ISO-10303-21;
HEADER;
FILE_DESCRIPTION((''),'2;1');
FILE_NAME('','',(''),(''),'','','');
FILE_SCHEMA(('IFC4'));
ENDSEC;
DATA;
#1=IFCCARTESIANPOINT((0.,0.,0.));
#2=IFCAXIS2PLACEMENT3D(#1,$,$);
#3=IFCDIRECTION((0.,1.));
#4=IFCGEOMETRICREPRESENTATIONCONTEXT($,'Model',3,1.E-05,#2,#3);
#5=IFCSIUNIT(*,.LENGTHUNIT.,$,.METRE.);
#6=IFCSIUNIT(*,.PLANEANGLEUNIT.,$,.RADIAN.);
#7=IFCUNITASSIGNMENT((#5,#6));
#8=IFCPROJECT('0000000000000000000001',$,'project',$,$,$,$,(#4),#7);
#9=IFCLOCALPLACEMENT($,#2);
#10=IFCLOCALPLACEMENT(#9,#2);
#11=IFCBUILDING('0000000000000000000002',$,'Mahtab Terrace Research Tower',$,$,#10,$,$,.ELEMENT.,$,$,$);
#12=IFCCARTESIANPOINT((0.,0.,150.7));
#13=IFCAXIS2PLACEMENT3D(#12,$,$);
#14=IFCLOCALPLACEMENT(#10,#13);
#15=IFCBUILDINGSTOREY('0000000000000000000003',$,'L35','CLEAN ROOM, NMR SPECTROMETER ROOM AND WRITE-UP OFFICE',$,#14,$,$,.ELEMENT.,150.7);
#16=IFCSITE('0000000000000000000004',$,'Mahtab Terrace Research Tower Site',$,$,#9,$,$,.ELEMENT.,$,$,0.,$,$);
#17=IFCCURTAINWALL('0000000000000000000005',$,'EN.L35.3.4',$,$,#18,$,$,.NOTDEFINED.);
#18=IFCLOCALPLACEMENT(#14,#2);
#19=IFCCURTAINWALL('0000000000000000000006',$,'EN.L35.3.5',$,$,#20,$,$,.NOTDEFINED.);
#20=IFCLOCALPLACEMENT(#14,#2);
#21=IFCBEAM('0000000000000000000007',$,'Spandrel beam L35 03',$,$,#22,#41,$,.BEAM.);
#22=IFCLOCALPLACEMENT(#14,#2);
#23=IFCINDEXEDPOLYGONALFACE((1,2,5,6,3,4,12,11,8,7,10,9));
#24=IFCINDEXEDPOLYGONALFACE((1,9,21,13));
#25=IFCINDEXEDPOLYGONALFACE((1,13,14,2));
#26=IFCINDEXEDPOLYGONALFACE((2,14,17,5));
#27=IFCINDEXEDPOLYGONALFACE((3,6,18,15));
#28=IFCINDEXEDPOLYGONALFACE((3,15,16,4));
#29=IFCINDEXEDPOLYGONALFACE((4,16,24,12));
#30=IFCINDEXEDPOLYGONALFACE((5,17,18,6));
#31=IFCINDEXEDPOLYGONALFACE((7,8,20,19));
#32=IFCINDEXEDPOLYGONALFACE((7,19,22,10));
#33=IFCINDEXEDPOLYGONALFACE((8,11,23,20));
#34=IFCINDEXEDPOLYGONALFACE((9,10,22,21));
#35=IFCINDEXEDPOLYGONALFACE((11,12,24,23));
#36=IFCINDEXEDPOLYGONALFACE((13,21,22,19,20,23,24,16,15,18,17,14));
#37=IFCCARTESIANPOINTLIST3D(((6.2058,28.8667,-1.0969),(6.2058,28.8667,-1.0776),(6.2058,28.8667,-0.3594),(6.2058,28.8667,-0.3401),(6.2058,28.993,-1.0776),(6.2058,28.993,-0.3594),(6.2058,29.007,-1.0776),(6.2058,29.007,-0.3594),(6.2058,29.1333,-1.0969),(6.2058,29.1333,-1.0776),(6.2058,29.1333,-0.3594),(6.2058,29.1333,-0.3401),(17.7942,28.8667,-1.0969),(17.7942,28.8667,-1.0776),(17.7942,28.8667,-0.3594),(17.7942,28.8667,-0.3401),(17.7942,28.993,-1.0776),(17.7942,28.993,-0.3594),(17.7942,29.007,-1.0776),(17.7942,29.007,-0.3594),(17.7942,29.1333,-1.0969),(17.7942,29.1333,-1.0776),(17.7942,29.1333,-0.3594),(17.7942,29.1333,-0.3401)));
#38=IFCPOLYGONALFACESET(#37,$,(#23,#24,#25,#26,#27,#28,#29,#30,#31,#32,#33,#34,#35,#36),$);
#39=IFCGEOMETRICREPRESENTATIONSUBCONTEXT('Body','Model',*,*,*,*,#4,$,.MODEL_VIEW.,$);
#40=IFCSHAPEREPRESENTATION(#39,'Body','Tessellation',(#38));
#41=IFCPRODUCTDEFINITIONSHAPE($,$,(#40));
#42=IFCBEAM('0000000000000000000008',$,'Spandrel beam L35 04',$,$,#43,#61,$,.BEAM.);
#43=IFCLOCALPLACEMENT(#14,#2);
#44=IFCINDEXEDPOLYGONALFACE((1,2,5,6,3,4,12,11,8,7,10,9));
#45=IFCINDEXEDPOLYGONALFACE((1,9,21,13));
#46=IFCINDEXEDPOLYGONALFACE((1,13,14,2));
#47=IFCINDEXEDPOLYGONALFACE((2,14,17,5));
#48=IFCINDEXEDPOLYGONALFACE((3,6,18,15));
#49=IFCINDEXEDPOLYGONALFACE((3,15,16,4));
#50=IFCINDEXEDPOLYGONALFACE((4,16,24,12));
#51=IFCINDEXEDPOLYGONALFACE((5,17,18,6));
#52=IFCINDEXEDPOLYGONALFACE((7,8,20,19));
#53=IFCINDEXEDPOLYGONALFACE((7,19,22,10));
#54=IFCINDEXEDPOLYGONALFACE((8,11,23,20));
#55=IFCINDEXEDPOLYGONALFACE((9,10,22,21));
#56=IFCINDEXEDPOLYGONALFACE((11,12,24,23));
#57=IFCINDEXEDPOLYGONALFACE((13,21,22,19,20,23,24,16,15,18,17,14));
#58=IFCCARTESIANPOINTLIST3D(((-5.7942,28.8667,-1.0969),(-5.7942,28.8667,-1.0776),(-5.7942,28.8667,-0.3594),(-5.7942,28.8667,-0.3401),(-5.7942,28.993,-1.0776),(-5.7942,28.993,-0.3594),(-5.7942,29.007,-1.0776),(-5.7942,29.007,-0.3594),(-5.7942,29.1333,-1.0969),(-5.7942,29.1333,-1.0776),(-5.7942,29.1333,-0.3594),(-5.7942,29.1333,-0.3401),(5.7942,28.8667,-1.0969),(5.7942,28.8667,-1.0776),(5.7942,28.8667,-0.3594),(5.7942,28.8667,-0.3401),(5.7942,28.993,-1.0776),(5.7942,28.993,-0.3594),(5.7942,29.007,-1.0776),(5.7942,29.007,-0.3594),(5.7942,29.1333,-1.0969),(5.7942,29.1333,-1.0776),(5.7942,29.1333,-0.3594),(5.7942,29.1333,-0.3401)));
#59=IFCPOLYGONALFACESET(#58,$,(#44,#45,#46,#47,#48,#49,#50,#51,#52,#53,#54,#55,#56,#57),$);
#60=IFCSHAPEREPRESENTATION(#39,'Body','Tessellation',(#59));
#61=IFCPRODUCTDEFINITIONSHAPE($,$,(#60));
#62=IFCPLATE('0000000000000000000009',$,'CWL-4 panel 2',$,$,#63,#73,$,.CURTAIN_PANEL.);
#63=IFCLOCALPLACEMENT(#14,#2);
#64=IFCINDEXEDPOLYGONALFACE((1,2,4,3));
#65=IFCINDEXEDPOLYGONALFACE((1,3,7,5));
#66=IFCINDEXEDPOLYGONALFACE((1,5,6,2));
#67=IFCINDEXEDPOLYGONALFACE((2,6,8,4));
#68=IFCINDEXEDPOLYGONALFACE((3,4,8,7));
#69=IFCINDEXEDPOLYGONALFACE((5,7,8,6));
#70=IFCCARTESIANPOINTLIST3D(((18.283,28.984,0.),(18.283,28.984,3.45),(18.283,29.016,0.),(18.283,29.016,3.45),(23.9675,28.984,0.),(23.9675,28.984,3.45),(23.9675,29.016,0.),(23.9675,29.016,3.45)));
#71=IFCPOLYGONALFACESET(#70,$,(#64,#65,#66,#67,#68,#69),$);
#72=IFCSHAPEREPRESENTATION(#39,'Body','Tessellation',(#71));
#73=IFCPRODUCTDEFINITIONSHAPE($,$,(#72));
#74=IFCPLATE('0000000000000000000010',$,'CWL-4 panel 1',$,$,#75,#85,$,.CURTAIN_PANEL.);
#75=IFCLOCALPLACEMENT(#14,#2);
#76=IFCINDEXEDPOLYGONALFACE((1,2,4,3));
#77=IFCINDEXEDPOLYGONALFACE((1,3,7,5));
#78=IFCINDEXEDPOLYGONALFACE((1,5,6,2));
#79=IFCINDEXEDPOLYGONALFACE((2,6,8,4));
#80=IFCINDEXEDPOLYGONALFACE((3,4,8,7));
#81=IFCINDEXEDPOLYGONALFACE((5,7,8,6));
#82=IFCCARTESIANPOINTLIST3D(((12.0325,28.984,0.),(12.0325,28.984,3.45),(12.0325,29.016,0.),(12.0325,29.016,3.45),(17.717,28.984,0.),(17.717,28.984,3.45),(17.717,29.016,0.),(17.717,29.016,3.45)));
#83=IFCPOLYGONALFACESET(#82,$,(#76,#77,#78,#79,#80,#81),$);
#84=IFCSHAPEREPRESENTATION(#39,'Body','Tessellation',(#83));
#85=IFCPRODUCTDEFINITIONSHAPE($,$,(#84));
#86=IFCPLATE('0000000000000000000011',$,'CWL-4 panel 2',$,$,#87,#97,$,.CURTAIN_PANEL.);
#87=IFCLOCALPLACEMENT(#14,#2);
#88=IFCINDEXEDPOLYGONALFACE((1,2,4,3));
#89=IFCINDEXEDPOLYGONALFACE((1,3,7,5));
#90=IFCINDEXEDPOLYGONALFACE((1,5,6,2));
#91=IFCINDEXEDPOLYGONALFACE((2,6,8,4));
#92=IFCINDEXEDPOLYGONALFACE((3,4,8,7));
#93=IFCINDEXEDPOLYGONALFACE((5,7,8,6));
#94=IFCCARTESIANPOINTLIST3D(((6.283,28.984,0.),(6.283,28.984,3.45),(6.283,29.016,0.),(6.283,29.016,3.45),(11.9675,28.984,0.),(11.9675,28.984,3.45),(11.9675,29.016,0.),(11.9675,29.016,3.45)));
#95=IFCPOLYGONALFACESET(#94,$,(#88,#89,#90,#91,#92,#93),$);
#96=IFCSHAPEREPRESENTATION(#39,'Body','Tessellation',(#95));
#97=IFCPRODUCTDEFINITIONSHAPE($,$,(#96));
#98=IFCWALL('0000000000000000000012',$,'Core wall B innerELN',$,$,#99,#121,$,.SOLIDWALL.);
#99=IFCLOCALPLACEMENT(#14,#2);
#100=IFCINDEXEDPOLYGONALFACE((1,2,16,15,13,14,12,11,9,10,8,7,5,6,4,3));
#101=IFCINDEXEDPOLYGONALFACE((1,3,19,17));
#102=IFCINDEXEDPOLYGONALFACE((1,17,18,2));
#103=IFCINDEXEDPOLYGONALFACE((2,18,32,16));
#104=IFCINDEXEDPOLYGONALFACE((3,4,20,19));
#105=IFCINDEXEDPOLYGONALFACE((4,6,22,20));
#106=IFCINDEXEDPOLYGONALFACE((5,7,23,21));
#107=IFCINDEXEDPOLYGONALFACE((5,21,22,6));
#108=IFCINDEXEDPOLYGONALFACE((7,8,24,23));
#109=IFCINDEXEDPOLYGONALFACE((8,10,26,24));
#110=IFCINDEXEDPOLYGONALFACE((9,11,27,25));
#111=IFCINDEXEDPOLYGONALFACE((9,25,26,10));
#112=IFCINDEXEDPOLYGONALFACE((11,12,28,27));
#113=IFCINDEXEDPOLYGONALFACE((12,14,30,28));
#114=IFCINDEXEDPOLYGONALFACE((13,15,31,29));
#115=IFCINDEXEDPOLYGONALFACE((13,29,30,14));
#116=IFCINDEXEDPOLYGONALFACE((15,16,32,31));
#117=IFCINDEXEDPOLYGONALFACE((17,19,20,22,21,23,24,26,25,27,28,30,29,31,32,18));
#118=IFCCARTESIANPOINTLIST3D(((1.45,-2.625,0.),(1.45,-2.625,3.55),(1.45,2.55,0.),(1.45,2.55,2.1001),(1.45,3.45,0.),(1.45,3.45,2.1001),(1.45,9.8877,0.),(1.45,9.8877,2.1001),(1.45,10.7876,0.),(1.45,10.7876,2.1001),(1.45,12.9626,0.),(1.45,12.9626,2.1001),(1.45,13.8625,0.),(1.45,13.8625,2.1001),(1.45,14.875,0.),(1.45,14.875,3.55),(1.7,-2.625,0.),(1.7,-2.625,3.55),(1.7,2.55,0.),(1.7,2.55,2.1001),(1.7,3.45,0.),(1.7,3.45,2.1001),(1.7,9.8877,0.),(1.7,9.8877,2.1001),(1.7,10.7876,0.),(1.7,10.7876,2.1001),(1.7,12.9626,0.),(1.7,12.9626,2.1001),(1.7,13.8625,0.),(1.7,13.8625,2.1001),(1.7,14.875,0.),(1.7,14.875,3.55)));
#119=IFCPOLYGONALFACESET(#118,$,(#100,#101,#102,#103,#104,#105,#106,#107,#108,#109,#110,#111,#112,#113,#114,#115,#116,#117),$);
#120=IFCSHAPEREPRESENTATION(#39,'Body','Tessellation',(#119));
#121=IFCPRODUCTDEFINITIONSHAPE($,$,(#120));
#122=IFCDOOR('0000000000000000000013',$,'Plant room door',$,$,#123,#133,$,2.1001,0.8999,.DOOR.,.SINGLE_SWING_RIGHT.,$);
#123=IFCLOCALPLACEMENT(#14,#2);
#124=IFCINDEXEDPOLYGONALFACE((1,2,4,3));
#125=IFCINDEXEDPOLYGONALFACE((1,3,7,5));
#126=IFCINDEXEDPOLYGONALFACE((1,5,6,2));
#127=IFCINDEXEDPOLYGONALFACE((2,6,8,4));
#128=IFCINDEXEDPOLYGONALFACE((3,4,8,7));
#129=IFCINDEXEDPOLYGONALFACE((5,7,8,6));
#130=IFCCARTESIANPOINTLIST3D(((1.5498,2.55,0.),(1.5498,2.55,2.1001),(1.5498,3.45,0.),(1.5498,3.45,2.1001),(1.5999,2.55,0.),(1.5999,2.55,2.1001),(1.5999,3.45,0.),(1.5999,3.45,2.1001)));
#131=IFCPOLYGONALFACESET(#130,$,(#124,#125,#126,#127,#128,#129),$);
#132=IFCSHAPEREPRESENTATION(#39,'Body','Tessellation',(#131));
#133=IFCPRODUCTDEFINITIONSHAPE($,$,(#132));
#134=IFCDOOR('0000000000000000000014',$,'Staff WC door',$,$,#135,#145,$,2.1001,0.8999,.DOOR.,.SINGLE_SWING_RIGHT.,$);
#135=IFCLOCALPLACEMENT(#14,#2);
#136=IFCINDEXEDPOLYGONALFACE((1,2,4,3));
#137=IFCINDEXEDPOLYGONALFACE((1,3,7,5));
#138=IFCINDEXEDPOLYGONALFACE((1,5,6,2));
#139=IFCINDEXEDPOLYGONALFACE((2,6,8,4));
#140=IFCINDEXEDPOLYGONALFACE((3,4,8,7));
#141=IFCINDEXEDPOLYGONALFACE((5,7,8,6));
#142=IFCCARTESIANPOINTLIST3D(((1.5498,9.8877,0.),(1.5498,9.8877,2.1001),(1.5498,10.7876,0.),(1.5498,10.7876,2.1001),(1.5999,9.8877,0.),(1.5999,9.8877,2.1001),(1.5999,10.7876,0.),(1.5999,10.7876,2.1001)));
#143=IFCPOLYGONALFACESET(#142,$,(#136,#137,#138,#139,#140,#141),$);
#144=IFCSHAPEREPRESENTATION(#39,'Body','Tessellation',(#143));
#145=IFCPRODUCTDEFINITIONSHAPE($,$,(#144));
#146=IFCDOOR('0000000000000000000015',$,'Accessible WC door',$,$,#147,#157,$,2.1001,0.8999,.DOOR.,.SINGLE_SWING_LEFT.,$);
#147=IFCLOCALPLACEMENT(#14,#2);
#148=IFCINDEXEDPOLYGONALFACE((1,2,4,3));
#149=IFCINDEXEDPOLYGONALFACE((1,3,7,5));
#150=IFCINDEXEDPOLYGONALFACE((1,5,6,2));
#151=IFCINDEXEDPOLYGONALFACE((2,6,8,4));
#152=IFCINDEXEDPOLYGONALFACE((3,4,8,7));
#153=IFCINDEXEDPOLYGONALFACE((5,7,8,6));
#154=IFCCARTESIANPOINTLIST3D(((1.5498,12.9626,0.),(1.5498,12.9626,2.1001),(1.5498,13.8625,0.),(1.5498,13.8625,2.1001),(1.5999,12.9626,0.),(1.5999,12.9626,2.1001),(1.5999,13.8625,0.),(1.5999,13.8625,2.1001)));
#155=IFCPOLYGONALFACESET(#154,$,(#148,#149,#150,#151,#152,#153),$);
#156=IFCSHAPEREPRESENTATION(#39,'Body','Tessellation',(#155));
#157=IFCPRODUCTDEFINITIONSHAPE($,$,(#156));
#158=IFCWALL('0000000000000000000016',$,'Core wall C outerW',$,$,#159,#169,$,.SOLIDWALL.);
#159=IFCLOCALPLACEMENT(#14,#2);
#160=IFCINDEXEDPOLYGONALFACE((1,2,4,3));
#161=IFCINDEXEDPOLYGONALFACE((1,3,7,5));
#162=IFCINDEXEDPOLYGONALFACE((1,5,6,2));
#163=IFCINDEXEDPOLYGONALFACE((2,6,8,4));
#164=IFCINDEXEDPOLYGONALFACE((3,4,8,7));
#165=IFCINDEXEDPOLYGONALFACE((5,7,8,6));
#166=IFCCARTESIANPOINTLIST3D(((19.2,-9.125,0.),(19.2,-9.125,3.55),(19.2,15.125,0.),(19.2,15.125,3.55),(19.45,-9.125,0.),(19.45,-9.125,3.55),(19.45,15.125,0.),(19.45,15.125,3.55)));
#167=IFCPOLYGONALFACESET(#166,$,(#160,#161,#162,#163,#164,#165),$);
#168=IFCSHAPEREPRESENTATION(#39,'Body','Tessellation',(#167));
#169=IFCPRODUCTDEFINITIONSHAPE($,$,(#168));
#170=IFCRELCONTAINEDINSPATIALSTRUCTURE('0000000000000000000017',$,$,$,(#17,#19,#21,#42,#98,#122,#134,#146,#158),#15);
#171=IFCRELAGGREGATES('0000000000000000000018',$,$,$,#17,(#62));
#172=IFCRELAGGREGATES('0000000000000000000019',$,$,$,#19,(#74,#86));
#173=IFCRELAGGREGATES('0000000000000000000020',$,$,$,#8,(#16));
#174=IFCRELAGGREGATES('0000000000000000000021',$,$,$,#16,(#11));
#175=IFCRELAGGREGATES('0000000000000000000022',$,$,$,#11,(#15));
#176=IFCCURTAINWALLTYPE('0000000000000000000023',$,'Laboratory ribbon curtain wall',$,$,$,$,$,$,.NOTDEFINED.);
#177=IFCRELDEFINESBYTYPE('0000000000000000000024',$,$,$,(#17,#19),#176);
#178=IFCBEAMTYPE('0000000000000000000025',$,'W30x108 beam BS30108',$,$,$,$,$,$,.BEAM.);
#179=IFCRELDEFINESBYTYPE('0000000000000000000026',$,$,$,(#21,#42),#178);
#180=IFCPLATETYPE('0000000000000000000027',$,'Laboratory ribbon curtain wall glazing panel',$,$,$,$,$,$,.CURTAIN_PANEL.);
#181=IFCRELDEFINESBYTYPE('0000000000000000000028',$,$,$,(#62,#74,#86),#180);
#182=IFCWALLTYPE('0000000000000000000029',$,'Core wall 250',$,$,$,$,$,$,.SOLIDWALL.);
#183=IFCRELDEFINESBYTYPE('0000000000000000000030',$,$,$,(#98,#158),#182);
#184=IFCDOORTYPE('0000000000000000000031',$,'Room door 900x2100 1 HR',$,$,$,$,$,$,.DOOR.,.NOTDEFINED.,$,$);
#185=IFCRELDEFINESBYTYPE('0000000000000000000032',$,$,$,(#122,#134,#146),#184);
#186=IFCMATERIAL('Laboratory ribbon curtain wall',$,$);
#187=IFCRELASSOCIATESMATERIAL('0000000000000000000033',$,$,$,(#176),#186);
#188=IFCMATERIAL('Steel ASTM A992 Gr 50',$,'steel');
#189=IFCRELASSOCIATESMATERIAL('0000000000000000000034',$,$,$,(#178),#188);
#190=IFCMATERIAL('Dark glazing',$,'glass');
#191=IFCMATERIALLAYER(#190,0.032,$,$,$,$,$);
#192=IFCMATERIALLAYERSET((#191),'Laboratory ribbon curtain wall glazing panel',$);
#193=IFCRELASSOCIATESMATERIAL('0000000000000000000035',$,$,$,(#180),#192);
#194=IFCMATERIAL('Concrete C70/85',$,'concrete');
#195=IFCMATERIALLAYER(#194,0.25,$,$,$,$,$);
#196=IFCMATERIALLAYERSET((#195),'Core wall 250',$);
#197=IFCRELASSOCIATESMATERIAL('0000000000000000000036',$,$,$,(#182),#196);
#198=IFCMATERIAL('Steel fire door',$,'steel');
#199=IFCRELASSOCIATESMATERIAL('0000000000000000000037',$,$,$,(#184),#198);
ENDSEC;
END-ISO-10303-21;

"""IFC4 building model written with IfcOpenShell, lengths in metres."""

from ifc_helpers import new_model, si_unit, direction, frame, frame_2d, origin, origin_2d, place, context, subcontext, project, spatial, rectangle, i_section, extrude, material, layer, layer_set, material_profile, profile_set, type_object, element, fill, aggregate, save


model = new_model("IFC4")

# Units and contexts
model_context = context("Model", 3, precision=1e-05, world=origin(), true_north=direction((0.0, 1.0)))
body_context = subcontext(model_context, "Body", "Model", "MODEL_VIEW")
ifc_project = project(units=[si_unit("LENGTHUNIT", "METRE"), si_unit("PLANEANGLEUNIT", "RADIAN")], contexts=[model_context])

# Site, building, storey
site_placement = place(None, origin())
site = spatial("IfcSite", under=ifc_project, at=site_placement, Name="Mahtab Terrace Research Tower Site", CompositionType="ELEMENT", RefElevation=0.0)
building_placement = place(site_placement, origin())
building = spatial("IfcBuilding", under=site, at=building_placement, Name="Mahtab Terrace Research Tower", CompositionType="ELEMENT")
storey_placement = place(building_placement, frame((0.0, 0.0, 150.7)))
storey = spatial("IfcBuildingStorey", under=building, at=storey_placement, Name="L35", Description="CLEAN ROOM, NMR SPECTROMETER ROOM AND WRITE-UP OFFICE", CompositionType="ELEMENT", Elevation=150.7)

# Shared definitions
ifc_material_1 = material(Name="Steel ASTM A992 Gr 50", Category="steel")

# Curtain wall
ifc_material_2 = material(Name="Laboratory ribbon curtain wall")
curtain_wall_type = type_object("IfcCurtainWallType", Name="Laboratory ribbon curtain wall", PredefinedType="NOTDEFINED", material=ifc_material_2)
curtain_wall_1_placement = place(storey_placement, origin())
curtain_wall_1 = element("IfcCurtainWall", 1, at=curtain_wall_1_placement, inside=storey, type_object=curtain_wall_type, Name="EN.L35.3.4", PredefinedType="NOTDEFINED")

# Curtain wall
curtain_wall_2_placement = place(storey_placement, origin())
curtain_wall_2 = element("IfcCurtainWall", 2, at=curtain_wall_2_placement, inside=storey, type_object=curtain_wall_type, Name="EN.L35.3.5", PredefinedType="NOTDEFINED")

# Beams
ifc_material_profile_1 = material_profile(ifc_material_1, i_section(OverallWidth=0.2666, OverallDepth=0.7568, WebThickness=0.0139, FlangeThickness=0.0193, at=origin_2d()), Name="W30X108")
ifc_profile_set_1 = profile_set([ifc_material_profile_1], Name="Steel ASTM A992 Gr 50")
beam_type = type_object("IfcBeamType", Name="W30x108 beam BS30108", PredefinedType="BEAM", material=ifc_profile_set_1)
for number, where, z_axis, x_axis, name in (
    (3, (17.7942, 29.0, -0.7185), (-1.0, 0.0, 0.0), (0.0, -1.0, 0.0), "Spandrel beam L35 03"),
    (4, (5.7942, 29.0, -0.7185), (-1.0, 0.0, 0.0), (0.0, -1.0, 0.0), "Spandrel beam L35 04"),
):
    element("IfcBeam", number, at=place(storey_placement, frame(where, z_axis=z_axis, x_axis=x_axis)), inside=storey, type_object=beam_type, Name=name, PredefinedType="BEAM", context=body_context, shape_type="SweptSolid", body=[
        extrude(i_section(OverallWidth=0.2666, OverallDepth=0.7568, WebThickness=0.0139, FlangeThickness=0.0193, at=origin_2d()), origin(), (0.0, 0.0, 1.0), 11.5884),
    ])

# Plates
ifc_material_3 = material(Name="Dark glazing", Category="glass")
ifc_layer_1 = layer(ifc_material_3, 0.032)
ifc_layer_set_1 = layer_set([ifc_layer_1], Name="Laboratory ribbon curtain wall glazing panel")
plate_type = type_object("IfcPlateType", Name="Laboratory ribbon curtain wall glazing panel", PredefinedType="CURTAIN_PANEL", material=ifc_layer_set_1)
plate_1_placement = place(storey_placement, frame((21.1252, 29.0, 0.0), z_axis=(0.0, 0.0, 1.0), x_axis=(-1.0, 0.0, 0.0)))
plate_1 = element("IfcPlate", 5, at=plate_1_placement, type_object=plate_type, Name="CWL-4 panel 2", PredefinedType="CURTAIN_PANEL", context=body_context, shape_type="SweptSolid", body=[
    extrude(rectangle(XDim=5.6846, YDim=0.032, at=origin_2d()), origin(), (0.0, 0.0, 1.0), 3.45),
])
aggregate(curtain_wall_1, [plate_1])
plate_2_placement = place(storey_placement, frame((14.8748, 29.0, 0.0), z_axis=(0.0, 0.0, 1.0), x_axis=(-1.0, 0.0, 0.0)))
plate_2 = element("IfcPlate", 6, at=plate_2_placement, type_object=plate_type, Name="CWL-4 panel 1", PredefinedType="CURTAIN_PANEL", context=body_context, shape_type="SweptSolid", body=[
    extrude(rectangle(XDim=5.6846, YDim=0.032, at=origin_2d()), origin(), (0.0, 0.0, 1.0), 3.45),
])
plate_3_placement = place(storey_placement, frame((9.1252, 29.0, 0.0), z_axis=(0.0, 0.0, 1.0), x_axis=(-1.0, 0.0, 0.0)))
plate_3 = element("IfcPlate", 7, at=plate_3_placement, type_object=plate_type, Name="CWL-4 panel 2", PredefinedType="CURTAIN_PANEL", context=body_context, shape_type="SweptSolid", body=[
    extrude(rectangle(XDim=5.6846, YDim=0.032, at=origin_2d()), origin(), (0.0, 0.0, 1.0), 3.45),
])
aggregate(curtain_wall_2, [plate_2, plate_3])

# Wall, openings, doors
ifc_material_4 = material(Name="Concrete C70/85", Category="concrete")
ifc_layer_2 = layer(ifc_material_4, 0.25)
ifc_layer_set_2 = layer_set([ifc_layer_2], Name="Core wall 250")
wall_type_1 = type_object("IfcWallType", Name="Core wall 250", PredefinedType="SOLIDWALL", material=ifc_layer_set_2)
wall_1_placement = place(storey_placement, frame((1.575, 14.875, 0.0), z_axis=(0.0, 0.0, 1.0), x_axis=(0.0, -1.0, 0.0)))
wall_1 = element("IfcWall", 8, at=wall_1_placement, inside=storey, type_object=wall_type_1, Name="Core wall B innerELN", PredefinedType="SOLIDWALL", context=body_context, shape_type="SweptSolid", body=[
    extrude(rectangle(XDim=17.5, YDim=0.25, at=frame_2d((8.75, 0.0))), origin(), (0.0, 0.0, 1.0), 3.55),
])
opening_1_placement = place(wall_1_placement, frame((11.425, 0.0, 0.0)))
opening_1 = element("IfcOpeningElement", 9, at=opening_1_placement, cuts=wall_1, PredefinedType="OPENING", context=body_context, shape_type="SweptSolid", body=[
    extrude(rectangle(XDim=0.8999, YDim=2.1001, at=frame_2d((0.45, 1.05))), frame((0.0, 0.135, 0.0), z_axis=(0.0, -1.0, 0.0), x_axis=(1.0, 0.0, 0.0)), (0.0, 0.0, 1.0), 0.27),
])
opening_2_placement = place(wall_1_placement, frame((4.0874, 0.0, 0.0)))
opening_2 = element("IfcOpeningElement", 10, at=opening_2_placement, cuts=wall_1, PredefinedType="OPENING", context=body_context, shape_type="SweptSolid", body=[
    extrude(rectangle(XDim=0.8999, YDim=2.1001, at=frame_2d((0.45, 1.05))), frame((0.0, 0.135, 0.0), z_axis=(0.0, -1.0, 0.0), x_axis=(1.0, 0.0, 0.0)), (0.0, 0.0, 1.0), 0.27),
])
opening_3_placement = place(wall_1_placement, frame((1.0125, 0.0, 0.0)))
opening_3 = element("IfcOpeningElement", 11, at=opening_3_placement, cuts=wall_1, PredefinedType="OPENING", context=body_context, shape_type="SweptSolid", body=[
    extrude(rectangle(XDim=0.8999, YDim=2.1001, at=frame_2d((0.45, 1.05))), frame((0.0, 0.135, 0.0), z_axis=(0.0, -1.0, 0.0), x_axis=(1.0, 0.0, 0.0)), (0.0, 0.0, 1.0), 0.27),
])
ifc_material_5 = material(Name="Steel fire door", Category="steel")
door_type_1 = type_object("IfcDoorType", Name="Room door 900x2100 1 HR", OperationType="NOTDEFINED", PredefinedType="DOOR", material=ifc_material_5)
door_1_placement = place(opening_1_placement, origin())
door_1 = element("IfcDoor", 12, at=door_1_placement, inside=storey, type_object=door_type_1, Name="Plant room door", OperationType="SINGLE_SWING_RIGHT", OverallHeight=2.1001, OverallWidth=0.8999, PredefinedType="DOOR", context=body_context, shape_type="SweptSolid", body=[
    extrude(rectangle(XDim=0.8999, YDim=2.1001, at=frame_2d((0.45, 1.05))), frame((0.0, 0.0249, 0.0), z_axis=(0.0, -1.0, 0.0), x_axis=(1.0, 0.0, 0.0)), (0.0, 0.0, 1.0), 0.05),
])
fill(opening_1, door_1)
door_2_placement = place(opening_2_placement, origin())
door_2 = element("IfcDoor", 13, at=door_2_placement, inside=storey, type_object=door_type_1, Name="Staff WC door", OperationType="SINGLE_SWING_RIGHT", OverallHeight=2.1001, OverallWidth=0.8999, PredefinedType="DOOR", context=body_context, shape_type="SweptSolid", body=[
    extrude(rectangle(XDim=0.8999, YDim=2.1001, at=frame_2d((0.45, 1.05))), frame((0.0, 0.0249, 0.0), z_axis=(0.0, -1.0, 0.0), x_axis=(1.0, 0.0, 0.0)), (0.0, 0.0, 1.0), 0.05),
])
fill(opening_2, door_2)
door_3_placement = place(opening_3_placement, origin())
door_3 = element("IfcDoor", 14, at=door_3_placement, inside=storey, type_object=door_type_1, Name="Accessible WC door", OperationType="SINGLE_SWING_LEFT", OverallHeight=2.1001, OverallWidth=0.8999, PredefinedType="DOOR", context=body_context, shape_type="SweptSolid", body=[
    extrude(rectangle(XDim=0.8999, YDim=2.1001, at=frame_2d((0.45, 1.05))), frame((0.0, 0.0249, 0.0), z_axis=(0.0, -1.0, 0.0), x_axis=(1.0, 0.0, 0.0)), (0.0, 0.0, 1.0), 0.05),
])
fill(opening_3, door_3)

# Wall
wall_2_placement = place(storey_placement, frame((19.325, 15.125, 0.0), z_axis=(0.0, 0.0, 1.0), x_axis=(0.0, -1.0, 0.0)))
element("IfcWall", 15, at=wall_2_placement, inside=storey, type_object=wall_type_1, Name="Core wall C outerW", PredefinedType="SOLIDWALL", context=body_context, shape_type="SweptSolid", body=[
    extrude(rectangle(XDim=24.25, YDim=0.25, at=frame_2d((12.125, 0.0))), origin(), (0.0, 0.0, 1.0), 3.55),
])

save(model, "model.ifc")
